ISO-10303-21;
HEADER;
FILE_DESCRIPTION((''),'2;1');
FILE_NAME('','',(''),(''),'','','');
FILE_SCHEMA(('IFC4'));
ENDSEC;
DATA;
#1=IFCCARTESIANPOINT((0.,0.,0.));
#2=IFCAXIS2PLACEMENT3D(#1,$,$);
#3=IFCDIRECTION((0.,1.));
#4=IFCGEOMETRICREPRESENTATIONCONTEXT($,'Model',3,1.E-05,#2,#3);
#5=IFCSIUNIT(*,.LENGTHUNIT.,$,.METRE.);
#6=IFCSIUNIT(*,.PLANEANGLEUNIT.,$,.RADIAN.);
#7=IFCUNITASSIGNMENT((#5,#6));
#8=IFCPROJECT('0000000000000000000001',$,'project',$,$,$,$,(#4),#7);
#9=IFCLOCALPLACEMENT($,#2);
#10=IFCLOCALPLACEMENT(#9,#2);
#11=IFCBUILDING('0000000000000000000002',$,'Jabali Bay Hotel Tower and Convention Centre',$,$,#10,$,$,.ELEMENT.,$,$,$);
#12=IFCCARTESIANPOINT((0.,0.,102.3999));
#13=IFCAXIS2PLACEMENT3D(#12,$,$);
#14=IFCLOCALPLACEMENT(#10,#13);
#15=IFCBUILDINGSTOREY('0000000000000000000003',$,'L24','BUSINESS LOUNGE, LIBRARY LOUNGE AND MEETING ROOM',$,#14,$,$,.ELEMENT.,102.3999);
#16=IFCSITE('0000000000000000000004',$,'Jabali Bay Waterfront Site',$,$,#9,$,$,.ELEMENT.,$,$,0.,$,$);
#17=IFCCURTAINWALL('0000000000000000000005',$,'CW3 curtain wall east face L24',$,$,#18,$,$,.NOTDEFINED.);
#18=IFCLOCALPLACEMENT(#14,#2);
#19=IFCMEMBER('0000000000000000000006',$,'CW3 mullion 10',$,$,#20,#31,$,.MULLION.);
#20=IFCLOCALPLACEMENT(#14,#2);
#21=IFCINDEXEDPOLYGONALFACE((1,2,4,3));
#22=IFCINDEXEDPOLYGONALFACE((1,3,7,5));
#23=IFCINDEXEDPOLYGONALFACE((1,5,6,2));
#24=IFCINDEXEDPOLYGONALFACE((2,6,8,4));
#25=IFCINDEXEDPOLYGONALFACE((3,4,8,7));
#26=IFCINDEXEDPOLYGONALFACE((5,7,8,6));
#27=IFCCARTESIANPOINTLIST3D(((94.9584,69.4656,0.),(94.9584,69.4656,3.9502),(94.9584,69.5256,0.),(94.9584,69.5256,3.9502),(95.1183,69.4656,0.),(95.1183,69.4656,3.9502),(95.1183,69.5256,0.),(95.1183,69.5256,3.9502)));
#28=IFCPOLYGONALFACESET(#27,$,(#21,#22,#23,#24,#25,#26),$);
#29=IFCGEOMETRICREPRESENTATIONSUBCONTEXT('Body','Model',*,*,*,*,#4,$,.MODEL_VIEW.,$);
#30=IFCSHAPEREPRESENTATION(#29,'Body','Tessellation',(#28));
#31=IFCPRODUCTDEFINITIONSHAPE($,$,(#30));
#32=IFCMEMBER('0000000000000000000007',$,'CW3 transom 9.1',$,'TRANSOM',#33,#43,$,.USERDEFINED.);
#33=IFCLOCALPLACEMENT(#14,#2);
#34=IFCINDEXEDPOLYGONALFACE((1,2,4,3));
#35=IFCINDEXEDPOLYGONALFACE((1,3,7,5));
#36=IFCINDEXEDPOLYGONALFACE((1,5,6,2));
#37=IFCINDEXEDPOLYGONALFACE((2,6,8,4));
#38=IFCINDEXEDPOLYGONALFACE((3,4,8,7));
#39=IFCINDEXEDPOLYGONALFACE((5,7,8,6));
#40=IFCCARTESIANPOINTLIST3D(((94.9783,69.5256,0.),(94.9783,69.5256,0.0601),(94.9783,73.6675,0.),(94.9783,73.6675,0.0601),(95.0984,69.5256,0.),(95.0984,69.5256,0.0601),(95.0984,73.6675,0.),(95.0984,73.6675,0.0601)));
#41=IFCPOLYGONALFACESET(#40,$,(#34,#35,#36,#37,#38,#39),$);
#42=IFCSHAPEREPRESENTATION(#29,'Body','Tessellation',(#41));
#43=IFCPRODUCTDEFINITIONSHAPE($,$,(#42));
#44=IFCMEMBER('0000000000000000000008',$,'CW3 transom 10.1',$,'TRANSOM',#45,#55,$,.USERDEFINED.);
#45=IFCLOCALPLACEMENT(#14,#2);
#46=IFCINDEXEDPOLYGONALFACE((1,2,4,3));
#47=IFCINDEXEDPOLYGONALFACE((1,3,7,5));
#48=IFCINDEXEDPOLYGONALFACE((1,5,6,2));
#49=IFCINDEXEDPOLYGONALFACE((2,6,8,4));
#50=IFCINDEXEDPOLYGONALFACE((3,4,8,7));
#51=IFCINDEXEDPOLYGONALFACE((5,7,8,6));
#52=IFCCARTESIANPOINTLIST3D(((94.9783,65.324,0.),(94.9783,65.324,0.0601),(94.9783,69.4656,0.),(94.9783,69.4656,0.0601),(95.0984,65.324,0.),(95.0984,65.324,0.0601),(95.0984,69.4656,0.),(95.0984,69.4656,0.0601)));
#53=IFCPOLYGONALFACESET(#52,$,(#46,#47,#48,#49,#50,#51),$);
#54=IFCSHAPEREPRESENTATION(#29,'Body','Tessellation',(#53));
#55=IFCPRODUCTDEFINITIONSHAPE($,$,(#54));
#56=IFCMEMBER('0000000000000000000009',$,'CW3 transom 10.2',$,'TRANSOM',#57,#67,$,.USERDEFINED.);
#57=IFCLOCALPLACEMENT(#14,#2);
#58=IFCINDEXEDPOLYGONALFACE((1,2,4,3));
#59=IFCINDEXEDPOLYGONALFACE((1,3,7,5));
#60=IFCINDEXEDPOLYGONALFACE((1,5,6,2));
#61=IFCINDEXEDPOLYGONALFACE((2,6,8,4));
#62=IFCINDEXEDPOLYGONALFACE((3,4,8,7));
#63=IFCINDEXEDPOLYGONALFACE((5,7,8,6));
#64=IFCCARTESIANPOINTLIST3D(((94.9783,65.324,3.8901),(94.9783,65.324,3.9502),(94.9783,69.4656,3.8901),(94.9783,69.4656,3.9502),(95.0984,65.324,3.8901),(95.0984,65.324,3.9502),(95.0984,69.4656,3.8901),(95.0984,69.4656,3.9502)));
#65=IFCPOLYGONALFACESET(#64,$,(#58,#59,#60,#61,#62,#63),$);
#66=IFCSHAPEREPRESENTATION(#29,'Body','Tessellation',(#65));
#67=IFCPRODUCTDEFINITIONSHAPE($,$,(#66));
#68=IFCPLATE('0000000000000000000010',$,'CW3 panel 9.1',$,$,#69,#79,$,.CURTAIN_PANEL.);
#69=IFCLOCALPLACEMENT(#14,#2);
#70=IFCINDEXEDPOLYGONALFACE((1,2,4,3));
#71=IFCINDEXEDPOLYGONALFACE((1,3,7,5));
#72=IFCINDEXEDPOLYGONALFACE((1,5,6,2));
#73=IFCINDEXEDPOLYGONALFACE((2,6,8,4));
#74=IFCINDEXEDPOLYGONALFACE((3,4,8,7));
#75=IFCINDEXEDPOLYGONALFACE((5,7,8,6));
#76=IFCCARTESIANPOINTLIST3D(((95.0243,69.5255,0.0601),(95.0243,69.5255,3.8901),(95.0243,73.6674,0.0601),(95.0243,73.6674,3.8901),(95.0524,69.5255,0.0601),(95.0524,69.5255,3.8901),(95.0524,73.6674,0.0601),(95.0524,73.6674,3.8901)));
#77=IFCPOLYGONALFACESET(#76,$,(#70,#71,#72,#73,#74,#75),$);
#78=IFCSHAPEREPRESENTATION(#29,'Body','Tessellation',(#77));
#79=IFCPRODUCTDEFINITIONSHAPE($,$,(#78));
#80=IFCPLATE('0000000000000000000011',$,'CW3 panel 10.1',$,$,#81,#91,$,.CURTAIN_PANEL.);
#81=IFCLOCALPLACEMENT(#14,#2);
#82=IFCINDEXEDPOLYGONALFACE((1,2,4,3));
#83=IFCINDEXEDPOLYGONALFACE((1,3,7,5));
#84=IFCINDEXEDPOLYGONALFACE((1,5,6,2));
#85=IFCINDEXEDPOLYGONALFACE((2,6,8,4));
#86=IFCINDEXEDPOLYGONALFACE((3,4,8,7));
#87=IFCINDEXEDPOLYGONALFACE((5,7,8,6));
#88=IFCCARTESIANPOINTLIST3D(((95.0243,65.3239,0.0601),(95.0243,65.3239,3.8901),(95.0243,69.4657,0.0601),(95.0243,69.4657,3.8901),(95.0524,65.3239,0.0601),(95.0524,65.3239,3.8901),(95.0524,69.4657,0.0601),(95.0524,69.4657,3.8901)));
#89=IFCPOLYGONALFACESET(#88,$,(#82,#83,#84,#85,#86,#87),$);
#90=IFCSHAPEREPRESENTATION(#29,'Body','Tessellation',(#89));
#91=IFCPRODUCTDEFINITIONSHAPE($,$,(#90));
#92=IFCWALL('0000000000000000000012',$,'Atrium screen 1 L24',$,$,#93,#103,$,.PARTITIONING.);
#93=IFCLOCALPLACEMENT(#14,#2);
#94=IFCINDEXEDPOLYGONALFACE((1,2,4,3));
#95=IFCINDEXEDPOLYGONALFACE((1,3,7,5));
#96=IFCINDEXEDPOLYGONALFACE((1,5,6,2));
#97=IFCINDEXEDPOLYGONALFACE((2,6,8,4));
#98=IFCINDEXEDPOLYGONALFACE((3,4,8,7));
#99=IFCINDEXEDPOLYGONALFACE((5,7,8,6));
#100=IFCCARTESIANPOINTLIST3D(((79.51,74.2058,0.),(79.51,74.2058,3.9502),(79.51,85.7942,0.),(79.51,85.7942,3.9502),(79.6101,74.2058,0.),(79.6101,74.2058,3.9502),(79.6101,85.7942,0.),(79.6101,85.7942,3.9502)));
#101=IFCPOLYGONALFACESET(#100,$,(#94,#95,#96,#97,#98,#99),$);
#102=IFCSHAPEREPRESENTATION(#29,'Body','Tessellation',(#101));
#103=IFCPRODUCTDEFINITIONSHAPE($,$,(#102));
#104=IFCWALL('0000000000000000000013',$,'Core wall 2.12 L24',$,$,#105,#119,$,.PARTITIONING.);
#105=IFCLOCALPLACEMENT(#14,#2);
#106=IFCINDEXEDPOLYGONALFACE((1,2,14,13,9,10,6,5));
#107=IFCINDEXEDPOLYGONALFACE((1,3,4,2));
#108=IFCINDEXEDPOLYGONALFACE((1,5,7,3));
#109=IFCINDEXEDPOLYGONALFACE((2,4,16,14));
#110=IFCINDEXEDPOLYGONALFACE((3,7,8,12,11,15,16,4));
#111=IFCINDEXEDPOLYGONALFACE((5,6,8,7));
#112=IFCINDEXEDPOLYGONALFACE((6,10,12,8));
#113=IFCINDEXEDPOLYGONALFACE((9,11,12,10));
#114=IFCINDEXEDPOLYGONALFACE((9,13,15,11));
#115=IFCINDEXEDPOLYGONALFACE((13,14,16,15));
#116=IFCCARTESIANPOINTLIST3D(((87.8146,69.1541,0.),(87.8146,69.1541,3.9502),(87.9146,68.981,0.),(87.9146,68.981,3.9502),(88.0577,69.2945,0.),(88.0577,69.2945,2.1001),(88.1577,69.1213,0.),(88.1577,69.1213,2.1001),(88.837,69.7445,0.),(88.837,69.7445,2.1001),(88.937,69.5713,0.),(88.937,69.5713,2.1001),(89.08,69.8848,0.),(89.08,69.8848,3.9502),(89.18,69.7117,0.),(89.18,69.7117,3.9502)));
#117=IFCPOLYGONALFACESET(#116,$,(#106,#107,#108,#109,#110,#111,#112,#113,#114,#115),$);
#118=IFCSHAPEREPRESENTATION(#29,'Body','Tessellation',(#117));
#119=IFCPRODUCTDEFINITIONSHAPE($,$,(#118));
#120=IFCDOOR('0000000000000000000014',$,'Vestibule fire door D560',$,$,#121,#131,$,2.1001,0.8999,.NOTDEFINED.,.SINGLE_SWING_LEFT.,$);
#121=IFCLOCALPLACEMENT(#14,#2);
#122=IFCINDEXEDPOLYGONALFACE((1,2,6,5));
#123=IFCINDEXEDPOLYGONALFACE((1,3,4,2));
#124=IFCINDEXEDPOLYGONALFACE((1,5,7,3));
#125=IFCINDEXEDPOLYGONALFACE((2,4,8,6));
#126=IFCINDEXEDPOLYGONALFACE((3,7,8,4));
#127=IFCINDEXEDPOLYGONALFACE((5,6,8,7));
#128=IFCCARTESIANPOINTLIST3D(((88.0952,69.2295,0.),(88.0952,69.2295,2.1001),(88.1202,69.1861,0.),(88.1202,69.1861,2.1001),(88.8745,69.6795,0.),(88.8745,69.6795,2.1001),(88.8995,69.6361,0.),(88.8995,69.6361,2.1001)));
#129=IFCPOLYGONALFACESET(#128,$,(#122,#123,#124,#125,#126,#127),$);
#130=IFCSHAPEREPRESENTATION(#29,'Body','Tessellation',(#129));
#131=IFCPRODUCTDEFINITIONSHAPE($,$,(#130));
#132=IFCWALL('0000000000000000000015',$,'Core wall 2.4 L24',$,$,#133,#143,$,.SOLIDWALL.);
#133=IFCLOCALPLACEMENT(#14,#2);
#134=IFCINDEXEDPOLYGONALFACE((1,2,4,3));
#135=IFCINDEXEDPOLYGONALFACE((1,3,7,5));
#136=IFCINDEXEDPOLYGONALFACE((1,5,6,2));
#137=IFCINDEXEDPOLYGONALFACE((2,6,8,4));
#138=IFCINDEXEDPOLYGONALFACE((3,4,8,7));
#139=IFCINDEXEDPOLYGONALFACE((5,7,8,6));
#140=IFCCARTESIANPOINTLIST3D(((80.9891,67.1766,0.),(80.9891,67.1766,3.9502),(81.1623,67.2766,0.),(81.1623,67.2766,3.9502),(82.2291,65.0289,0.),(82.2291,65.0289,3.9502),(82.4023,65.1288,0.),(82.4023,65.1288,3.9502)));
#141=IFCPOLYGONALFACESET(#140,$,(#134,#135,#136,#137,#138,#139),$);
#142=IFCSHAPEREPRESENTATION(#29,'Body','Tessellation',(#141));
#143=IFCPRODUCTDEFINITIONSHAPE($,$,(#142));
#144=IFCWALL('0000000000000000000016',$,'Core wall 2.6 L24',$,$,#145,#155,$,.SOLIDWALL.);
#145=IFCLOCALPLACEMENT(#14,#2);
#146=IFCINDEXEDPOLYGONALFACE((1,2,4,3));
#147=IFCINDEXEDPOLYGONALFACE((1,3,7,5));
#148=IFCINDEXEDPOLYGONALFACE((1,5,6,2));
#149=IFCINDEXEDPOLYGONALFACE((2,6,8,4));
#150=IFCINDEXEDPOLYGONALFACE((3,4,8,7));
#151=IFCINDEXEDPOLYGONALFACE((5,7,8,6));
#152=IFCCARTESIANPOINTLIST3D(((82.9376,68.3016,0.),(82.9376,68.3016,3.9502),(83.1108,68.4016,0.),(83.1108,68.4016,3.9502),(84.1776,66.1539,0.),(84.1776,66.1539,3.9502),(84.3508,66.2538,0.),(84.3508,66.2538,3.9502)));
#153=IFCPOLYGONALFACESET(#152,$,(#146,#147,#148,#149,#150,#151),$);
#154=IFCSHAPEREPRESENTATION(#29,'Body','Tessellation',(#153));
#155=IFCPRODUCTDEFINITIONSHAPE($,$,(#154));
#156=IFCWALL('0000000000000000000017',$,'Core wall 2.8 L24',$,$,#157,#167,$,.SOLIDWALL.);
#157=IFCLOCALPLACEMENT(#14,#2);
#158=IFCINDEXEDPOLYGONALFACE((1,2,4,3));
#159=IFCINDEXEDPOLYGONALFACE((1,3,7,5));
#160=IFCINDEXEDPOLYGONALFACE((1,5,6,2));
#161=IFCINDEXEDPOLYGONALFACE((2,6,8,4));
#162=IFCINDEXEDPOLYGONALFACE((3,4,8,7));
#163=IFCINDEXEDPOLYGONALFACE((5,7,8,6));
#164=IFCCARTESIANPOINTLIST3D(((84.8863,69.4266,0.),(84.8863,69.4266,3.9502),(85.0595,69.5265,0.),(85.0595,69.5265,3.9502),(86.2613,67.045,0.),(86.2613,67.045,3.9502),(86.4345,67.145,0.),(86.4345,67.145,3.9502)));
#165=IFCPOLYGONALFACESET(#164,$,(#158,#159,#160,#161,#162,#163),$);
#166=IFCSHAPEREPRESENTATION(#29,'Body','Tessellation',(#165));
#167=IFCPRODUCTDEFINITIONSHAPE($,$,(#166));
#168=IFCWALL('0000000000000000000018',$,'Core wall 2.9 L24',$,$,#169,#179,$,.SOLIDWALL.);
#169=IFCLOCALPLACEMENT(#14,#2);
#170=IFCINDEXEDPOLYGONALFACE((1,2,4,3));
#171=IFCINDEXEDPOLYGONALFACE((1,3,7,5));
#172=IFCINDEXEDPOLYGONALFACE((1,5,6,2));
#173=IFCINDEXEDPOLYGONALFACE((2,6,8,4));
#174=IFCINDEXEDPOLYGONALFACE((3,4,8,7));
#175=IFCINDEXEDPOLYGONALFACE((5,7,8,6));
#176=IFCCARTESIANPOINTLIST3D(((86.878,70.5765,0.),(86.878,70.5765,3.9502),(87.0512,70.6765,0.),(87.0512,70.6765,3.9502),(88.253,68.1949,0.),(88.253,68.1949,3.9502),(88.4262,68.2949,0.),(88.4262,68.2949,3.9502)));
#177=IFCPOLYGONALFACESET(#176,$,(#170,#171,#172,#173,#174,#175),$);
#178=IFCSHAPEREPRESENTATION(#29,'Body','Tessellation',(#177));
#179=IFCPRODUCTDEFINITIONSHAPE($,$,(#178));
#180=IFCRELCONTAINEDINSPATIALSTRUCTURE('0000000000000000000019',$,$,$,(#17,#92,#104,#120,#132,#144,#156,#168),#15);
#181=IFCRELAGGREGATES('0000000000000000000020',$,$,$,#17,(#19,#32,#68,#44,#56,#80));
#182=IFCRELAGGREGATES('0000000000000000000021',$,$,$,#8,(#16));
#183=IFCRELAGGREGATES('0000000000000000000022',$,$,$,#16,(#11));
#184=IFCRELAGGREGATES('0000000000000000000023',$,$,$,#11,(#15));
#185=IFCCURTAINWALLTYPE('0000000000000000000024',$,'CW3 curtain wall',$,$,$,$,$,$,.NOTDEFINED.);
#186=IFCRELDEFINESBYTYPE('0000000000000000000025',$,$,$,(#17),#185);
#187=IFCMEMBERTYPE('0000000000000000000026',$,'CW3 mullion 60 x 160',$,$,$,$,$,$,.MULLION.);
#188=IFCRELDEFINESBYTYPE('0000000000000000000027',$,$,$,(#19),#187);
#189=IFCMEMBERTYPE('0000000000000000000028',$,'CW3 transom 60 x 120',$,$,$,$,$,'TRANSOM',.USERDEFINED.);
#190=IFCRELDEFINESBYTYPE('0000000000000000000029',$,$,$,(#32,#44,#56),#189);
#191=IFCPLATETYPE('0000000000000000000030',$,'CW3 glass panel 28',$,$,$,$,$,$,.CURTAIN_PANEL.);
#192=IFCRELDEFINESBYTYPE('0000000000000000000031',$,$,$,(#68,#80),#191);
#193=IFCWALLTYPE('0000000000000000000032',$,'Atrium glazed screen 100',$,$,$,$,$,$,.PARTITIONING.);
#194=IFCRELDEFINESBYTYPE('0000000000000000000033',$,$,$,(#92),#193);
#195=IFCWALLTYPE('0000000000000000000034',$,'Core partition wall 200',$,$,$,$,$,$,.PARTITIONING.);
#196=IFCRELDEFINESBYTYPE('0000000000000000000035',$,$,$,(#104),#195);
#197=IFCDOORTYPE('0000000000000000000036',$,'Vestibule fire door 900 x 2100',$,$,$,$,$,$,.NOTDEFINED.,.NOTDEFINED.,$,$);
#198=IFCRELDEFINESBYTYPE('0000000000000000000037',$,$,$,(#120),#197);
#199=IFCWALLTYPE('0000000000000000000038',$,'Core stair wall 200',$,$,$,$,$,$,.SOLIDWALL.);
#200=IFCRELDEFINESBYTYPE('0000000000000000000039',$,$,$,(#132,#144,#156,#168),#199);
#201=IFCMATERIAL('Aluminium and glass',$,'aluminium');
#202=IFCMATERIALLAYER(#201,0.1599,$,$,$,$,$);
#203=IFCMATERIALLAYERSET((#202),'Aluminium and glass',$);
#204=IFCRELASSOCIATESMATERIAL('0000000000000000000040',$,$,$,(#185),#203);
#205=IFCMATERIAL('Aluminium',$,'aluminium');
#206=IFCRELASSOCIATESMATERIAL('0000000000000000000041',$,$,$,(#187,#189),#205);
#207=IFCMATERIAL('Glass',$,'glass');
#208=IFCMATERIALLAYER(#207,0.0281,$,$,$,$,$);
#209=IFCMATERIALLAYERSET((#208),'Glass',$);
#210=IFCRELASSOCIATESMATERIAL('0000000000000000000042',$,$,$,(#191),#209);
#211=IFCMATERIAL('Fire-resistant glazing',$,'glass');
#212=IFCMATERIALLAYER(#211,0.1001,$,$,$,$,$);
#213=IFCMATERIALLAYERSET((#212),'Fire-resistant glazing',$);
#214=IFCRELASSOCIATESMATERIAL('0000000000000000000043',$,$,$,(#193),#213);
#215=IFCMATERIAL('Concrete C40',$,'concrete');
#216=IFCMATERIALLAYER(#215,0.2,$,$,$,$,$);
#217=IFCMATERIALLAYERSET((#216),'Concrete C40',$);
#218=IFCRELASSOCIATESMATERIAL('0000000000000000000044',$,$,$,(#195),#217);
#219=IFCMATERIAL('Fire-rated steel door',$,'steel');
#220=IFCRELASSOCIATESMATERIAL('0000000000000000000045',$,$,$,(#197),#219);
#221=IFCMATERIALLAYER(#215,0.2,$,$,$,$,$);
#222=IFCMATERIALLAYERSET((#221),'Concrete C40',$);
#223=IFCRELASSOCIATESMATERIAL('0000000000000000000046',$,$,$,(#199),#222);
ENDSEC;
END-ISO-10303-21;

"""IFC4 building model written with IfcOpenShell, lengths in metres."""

from ifc_helpers import new_model, si_unit, direction, frame, frame_2d, origin, origin_2d, place, context, subcontext, project, spatial, rectangle, extrude, material, layer, layer_set, material_profile, profile_set, type_object, element, fill, aggregate, save


model = new_model("IFC4")

# Units and contexts
model_context = context("Model", 3, precision=1e-05, world=origin(), true_north=direction((0.0, 1.0)))
body_context = subcontext(model_context, "Body", "Model", "MODEL_VIEW")
ifc_project = project(units=[si_unit("LENGTHUNIT", "METRE"), si_unit("PLANEANGLEUNIT", "RADIAN")], contexts=[model_context])

# Site, building, storey
site_placement = place(None, origin())
site = spatial("IfcSite", under=ifc_project, at=site_placement, Name="Jabali Bay Waterfront Site", CompositionType="ELEMENT", RefElevation=0.0)
building_placement = place(site_placement, origin())
building = spatial("IfcBuilding", under=site, at=building_placement, Name="Jabali Bay Hotel Tower and Convention Centre", CompositionType="ELEMENT")
storey_placement = place(building_placement, frame((0.0, 0.0, 102.3999)))
storey = spatial("IfcBuildingStorey", under=building, at=storey_placement, Name="L24", Description="BUSINESS LOUNGE, LIBRARY LOUNGE AND MEETING ROOM", CompositionType="ELEMENT", Elevation=102.3999)

# Curtain wall, members, plates
ifc_material_1 = material(Name="Aluminium and glass", Category="aluminium")
ifc_layer_1 = layer(ifc_material_1, 0.1599)
ifc_layer_set_1 = layer_set([ifc_layer_1], Name="Aluminium and glass")
curtain_wall_type = type_object("IfcCurtainWallType", Name="CW3 curtain wall", PredefinedType="NOTDEFINED", material=ifc_layer_set_1)
curtain_wall_placement = place(storey_placement, origin())
curtain_wall = element("IfcCurtainWall", 1, at=curtain_wall_placement, inside=storey, type_object=curtain_wall_type, Name="CW3 curtain wall east face L24", PredefinedType="NOTDEFINED")
ifc_material_2 = material(Name="Aluminium", Category="aluminium")
ifc_material_profile_1 = material_profile(ifc_material_2, rectangle(XDim=0.1599, YDim=0.0601, at=origin_2d()), Name="CW3 mullion 60 x 160")
ifc_profile_set_1 = profile_set([ifc_material_profile_1], Name="Aluminium")
member_type_1 = type_object("IfcMemberType", Name="CW3 mullion 60 x 160", PredefinedType="MULLION", material=ifc_profile_set_1)
member_1_placement = place(storey_placement, frame((95.0383, 69.4956, 0.0), z_axis=(0.0, 0.0, 1.0), x_axis=(1.0, 0.0, 0.0)))
member_1 = element("IfcMember", 2, at=member_1_placement, type_object=member_type_1, Name="CW3 mullion 10", PredefinedType="MULLION", context=body_context, shape_type="SweptSolid", body=[
    extrude(rectangle(XDim=0.1599, YDim=0.0601, at=origin_2d()), origin(), (0.0, 0.0, 1.0), 3.9502),
])
ifc_material_profile_2 = material_profile(ifc_material_2, rectangle(XDim=0.1201, YDim=0.0601, at=origin_2d()), Name="CW3 transom 60 x 120")
ifc_profile_set_2 = profile_set([ifc_material_profile_2], Name="Aluminium")
member_type_2 = type_object("IfcMemberType", Name="CW3 transom 60 x 120", ElementType="TRANSOM", PredefinedType="USERDEFINED", material=ifc_profile_set_2)
member_2_placement = place(storey_placement, frame((95.0383, 73.6675, 0.03), z_axis=(0.0, -1.0, 0.0), x_axis=(1.0, 0.0, 0.0)))
member_2 = element("IfcMember", 3, at=member_2_placement, type_object=member_type_2, Name="CW3 transom 9.1", ObjectType="TRANSOM", PredefinedType="USERDEFINED", context=body_context, shape_type="SweptSolid", body=[
    extrude(rectangle(XDim=0.1201, YDim=0.0601, at=origin_2d()), origin(), (0.0, 0.0, 1.0), 4.1418),
])
member_3_placement = place(storey_placement, frame((95.0383, 69.4656, 0.03), z_axis=(0.0, -1.0, 0.0), x_axis=(1.0, 0.0, 0.0)))
member_3 = element("IfcMember", 4, at=member_3_placement, type_object=member_type_2, Name="CW3 transom 10.1", ObjectType="TRANSOM", PredefinedType="USERDEFINED", context=body_context, shape_type="SweptSolid", body=[
    extrude(rectangle(XDim=0.1201, YDim=0.0601, at=origin_2d()), origin(), (0.0, 0.0, 1.0), 4.1416),
])
member_4_placement = place(storey_placement, frame((95.0383, 69.4656, 3.9202), z_axis=(0.0, -1.0, 0.0), x_axis=(1.0, 0.0, 0.0)))
member_4 = element("IfcMember", 5, at=member_4_placement, type_object=member_type_2, Name="CW3 transom 10.2", ObjectType="TRANSOM", PredefinedType="USERDEFINED", context=body_context, shape_type="SweptSolid", body=[
    extrude(rectangle(XDim=0.1201, YDim=0.0601, at=origin_2d()), origin(), (0.0, 0.0, 1.0), 4.1416),
])
ifc_material_3 = material(Name="Glass", Category="glass")
ifc_layer_2 = layer(ifc_material_3, 0.0281)
ifc_layer_set_2 = layer_set([ifc_layer_2], Name="Glass")
plate_type = type_object("IfcPlateType", Name="CW3 glass panel 28", PredefinedType="CURTAIN_PANEL", material=ifc_layer_set_2)
plate_1_placement = place(storey_placement, frame((95.0383, 71.5964, 0.0601), z_axis=(0.0, 0.0, 1.0), x_axis=(0.0, -1.0, 0.0)))
plate_1 = element("IfcPlate", 6, at=plate_1_placement, type_object=plate_type, Name="CW3 panel 9.1", PredefinedType="CURTAIN_PANEL", context=body_context, shape_type="SweptSolid", body=[
    extrude(rectangle(XDim=4.1418, YDim=0.0281, at=origin_2d()), origin(), (0.0, 0.0, 1.0), 3.8301),
])
plate_2_placement = place(storey_placement, frame((95.0383, 67.3948, 0.0601), z_axis=(0.0, 0.0, 1.0), x_axis=(0.0, -1.0, 0.0)))
plate_2 = element("IfcPlate", 7, at=plate_2_placement, type_object=plate_type, Name="CW3 panel 10.1", PredefinedType="CURTAIN_PANEL", context=body_context, shape_type="SweptSolid", body=[
    extrude(rectangle(XDim=4.1418, YDim=0.0281, at=origin_2d()), origin(), (0.0, 0.0, 1.0), 3.8301),
])
aggregate(curtain_wall, [member_1, member_2, plate_1, member_3, member_4, plate_2])

# Wall
ifc_material_4 = material(Name="Fire-resistant glazing", Category="glass")
ifc_layer_3 = layer(ifc_material_4, 0.1001)
ifc_layer_set_3 = layer_set([ifc_layer_3], Name="Fire-resistant glazing")
wall_type_1 = type_object("IfcWallType", Name="Atrium glazed screen 100", PredefinedType="PARTITIONING", material=ifc_layer_set_3)
wall_1_placement = place(storey_placement, frame((79.5601, 74.2058, 0.0), z_axis=(0.0, 0.0, 1.0), x_axis=(0.0, 1.0, 0.0)))
element("IfcWall", 8, at=wall_1_placement, inside=storey, type_object=wall_type_1, Name="Atrium screen 1 L24", PredefinedType="PARTITIONING", context=body_context, shape_type="SweptSolid", body=[
    extrude(rectangle(XDim=11.5884, YDim=0.1001, at=frame_2d((5.7942, 0.0))), origin(), (0.0, 0.0, 1.0), 3.9502),
])

# Wall, opening, door
ifc_material_5 = material(Name="Concrete C40", Category="concrete")
ifc_layer_4 = layer(ifc_material_5, 0.2)
ifc_layer_set_4 = layer_set([ifc_layer_4], Name="Concrete C40")
wall_type_2 = type_object("IfcWallType", Name="Core partition wall 200", PredefinedType="PARTITIONING", material=ifc_layer_set_4)
wall_2_placement = place(storey_placement, frame((87.8647, 69.0676, 0.0), z_axis=(0.0, 0.0, 1.0), x_axis=(0.865982, 0.500074, 0.0)))
wall_2 = element("IfcWall", 9, at=wall_2_placement, inside=storey, type_object=wall_type_2, Name="Core wall 2.12 L24", PredefinedType="PARTITIONING", context=body_context, shape_type="SweptSolid", body=[
    extrude(rectangle(XDim=1.4612, YDim=0.2, at=frame_2d((0.7305, 0.0))), origin(), (0.0, 0.0, 1.0), 3.9502),
])
opening_1_placement = place(wall_2_placement, frame((0.2805, 0.0, 0.0)))
opening_1 = element("IfcOpeningElement", 10, at=opening_1_placement, cuts=wall_2, PredefinedType="OPENING", context=body_context, shape_type="SweptSolid", body=[
    extrude(rectangle(XDim=0.8999, YDim=2.1001, at=frame_2d((0.45, 1.05))), frame((0.0, 0.1104, 0.0), z_axis=(0.0, -1.0, 0.0), x_axis=(1.0, 0.0, 0.0)), (0.0, 0.0, 1.0), 0.2209),
])
ifc_material_6 = material(Name="Fire-rated steel door", Category="steel")
door_type_1 = type_object("IfcDoorType", Name="Vestibule fire door 900 x 2100", OperationType="NOTDEFINED", PredefinedType="NOTDEFINED", material=ifc_material_6)
door_1_placement = place(opening_1_placement, origin())
door_1 = element("IfcDoor", 11, at=door_1_placement, inside=storey, type_object=door_type_1, Name="Vestibule fire door D560", OperationType="SINGLE_SWING_LEFT", OverallHeight=2.1001, OverallWidth=0.8999, PredefinedType="NOTDEFINED", context=body_context, shape_type="SweptSolid", body=[
    extrude(rectangle(XDim=0.8999, YDim=2.1001, at=frame_2d((0.45, 1.05))), frame((0.0, 0.0249, 0.0), z_axis=(0.0, -1.0, 0.0), x_axis=(1.0, 0.0, 0.0)), (0.0, 0.0, 1.0), 0.05),
])
fill(opening_1, door_1)

# Walls
ifc_layer_5 = layer(ifc_material_5, 0.2)
ifc_layer_set_5 = layer_set([ifc_layer_5], Name="Concrete C40")
wall_type_3 = type_object("IfcWallType", Name="Core stair wall 200", PredefinedType="SOLIDWALL", material=ifc_layer_set_5)
for number, where, z_axis, x_axis, name in (
    (12, (81.0757, 67.2266, 0.0), (0.0, 0.0, 1.0), (0.500004, -0.866023, 0.0), "Core wall 2.4 L24"),
    (13, (83.0242, 68.3516, 0.0), (0.0, 0.0, 1.0), (0.500004, -0.866023, 0.0), "Core wall 2.6 L24"),
):
    element("IfcWall", number, at=place(storey_placement, frame(where, z_axis=z_axis, x_axis=x_axis)), inside=storey, type_object=wall_type_3, Name=name, PredefinedType="SOLIDWALL", context=body_context, shape_type="SweptSolid", body=[
        extrude(rectangle(XDim=2.48, YDim=0.2, at=frame_2d((1.24, 0.0))), origin(), (0.0, 0.0, 1.0), 3.9502),
    ])
for number, where, z_axis, x_axis, name in (
    (14, (84.9729, 69.4766, 0.0), (0.0, 0.0, 1.0), (0.499997, -0.866027, 0.0), "Core wall 2.8 L24"),
    (15, (86.9646, 70.6265, 0.0), (0.0, 0.0, 1.0), (0.499997, -0.866027, 0.0), "Core wall 2.9 L24"),
):
    element("IfcWall", number, at=place(storey_placement, frame(where, z_axis=z_axis, x_axis=x_axis)), inside=storey, type_object=wall_type_3, Name=name, PredefinedType="SOLIDWALL", context=body_context, shape_type="SweptSolid", body=[
        extrude(rectangle(XDim=2.75, YDim=0.2, at=frame_2d((1.375, 0.0))), origin(), (0.0, 0.0, 1.0), 3.9502),
    ])

save(model, "model.ifc")
